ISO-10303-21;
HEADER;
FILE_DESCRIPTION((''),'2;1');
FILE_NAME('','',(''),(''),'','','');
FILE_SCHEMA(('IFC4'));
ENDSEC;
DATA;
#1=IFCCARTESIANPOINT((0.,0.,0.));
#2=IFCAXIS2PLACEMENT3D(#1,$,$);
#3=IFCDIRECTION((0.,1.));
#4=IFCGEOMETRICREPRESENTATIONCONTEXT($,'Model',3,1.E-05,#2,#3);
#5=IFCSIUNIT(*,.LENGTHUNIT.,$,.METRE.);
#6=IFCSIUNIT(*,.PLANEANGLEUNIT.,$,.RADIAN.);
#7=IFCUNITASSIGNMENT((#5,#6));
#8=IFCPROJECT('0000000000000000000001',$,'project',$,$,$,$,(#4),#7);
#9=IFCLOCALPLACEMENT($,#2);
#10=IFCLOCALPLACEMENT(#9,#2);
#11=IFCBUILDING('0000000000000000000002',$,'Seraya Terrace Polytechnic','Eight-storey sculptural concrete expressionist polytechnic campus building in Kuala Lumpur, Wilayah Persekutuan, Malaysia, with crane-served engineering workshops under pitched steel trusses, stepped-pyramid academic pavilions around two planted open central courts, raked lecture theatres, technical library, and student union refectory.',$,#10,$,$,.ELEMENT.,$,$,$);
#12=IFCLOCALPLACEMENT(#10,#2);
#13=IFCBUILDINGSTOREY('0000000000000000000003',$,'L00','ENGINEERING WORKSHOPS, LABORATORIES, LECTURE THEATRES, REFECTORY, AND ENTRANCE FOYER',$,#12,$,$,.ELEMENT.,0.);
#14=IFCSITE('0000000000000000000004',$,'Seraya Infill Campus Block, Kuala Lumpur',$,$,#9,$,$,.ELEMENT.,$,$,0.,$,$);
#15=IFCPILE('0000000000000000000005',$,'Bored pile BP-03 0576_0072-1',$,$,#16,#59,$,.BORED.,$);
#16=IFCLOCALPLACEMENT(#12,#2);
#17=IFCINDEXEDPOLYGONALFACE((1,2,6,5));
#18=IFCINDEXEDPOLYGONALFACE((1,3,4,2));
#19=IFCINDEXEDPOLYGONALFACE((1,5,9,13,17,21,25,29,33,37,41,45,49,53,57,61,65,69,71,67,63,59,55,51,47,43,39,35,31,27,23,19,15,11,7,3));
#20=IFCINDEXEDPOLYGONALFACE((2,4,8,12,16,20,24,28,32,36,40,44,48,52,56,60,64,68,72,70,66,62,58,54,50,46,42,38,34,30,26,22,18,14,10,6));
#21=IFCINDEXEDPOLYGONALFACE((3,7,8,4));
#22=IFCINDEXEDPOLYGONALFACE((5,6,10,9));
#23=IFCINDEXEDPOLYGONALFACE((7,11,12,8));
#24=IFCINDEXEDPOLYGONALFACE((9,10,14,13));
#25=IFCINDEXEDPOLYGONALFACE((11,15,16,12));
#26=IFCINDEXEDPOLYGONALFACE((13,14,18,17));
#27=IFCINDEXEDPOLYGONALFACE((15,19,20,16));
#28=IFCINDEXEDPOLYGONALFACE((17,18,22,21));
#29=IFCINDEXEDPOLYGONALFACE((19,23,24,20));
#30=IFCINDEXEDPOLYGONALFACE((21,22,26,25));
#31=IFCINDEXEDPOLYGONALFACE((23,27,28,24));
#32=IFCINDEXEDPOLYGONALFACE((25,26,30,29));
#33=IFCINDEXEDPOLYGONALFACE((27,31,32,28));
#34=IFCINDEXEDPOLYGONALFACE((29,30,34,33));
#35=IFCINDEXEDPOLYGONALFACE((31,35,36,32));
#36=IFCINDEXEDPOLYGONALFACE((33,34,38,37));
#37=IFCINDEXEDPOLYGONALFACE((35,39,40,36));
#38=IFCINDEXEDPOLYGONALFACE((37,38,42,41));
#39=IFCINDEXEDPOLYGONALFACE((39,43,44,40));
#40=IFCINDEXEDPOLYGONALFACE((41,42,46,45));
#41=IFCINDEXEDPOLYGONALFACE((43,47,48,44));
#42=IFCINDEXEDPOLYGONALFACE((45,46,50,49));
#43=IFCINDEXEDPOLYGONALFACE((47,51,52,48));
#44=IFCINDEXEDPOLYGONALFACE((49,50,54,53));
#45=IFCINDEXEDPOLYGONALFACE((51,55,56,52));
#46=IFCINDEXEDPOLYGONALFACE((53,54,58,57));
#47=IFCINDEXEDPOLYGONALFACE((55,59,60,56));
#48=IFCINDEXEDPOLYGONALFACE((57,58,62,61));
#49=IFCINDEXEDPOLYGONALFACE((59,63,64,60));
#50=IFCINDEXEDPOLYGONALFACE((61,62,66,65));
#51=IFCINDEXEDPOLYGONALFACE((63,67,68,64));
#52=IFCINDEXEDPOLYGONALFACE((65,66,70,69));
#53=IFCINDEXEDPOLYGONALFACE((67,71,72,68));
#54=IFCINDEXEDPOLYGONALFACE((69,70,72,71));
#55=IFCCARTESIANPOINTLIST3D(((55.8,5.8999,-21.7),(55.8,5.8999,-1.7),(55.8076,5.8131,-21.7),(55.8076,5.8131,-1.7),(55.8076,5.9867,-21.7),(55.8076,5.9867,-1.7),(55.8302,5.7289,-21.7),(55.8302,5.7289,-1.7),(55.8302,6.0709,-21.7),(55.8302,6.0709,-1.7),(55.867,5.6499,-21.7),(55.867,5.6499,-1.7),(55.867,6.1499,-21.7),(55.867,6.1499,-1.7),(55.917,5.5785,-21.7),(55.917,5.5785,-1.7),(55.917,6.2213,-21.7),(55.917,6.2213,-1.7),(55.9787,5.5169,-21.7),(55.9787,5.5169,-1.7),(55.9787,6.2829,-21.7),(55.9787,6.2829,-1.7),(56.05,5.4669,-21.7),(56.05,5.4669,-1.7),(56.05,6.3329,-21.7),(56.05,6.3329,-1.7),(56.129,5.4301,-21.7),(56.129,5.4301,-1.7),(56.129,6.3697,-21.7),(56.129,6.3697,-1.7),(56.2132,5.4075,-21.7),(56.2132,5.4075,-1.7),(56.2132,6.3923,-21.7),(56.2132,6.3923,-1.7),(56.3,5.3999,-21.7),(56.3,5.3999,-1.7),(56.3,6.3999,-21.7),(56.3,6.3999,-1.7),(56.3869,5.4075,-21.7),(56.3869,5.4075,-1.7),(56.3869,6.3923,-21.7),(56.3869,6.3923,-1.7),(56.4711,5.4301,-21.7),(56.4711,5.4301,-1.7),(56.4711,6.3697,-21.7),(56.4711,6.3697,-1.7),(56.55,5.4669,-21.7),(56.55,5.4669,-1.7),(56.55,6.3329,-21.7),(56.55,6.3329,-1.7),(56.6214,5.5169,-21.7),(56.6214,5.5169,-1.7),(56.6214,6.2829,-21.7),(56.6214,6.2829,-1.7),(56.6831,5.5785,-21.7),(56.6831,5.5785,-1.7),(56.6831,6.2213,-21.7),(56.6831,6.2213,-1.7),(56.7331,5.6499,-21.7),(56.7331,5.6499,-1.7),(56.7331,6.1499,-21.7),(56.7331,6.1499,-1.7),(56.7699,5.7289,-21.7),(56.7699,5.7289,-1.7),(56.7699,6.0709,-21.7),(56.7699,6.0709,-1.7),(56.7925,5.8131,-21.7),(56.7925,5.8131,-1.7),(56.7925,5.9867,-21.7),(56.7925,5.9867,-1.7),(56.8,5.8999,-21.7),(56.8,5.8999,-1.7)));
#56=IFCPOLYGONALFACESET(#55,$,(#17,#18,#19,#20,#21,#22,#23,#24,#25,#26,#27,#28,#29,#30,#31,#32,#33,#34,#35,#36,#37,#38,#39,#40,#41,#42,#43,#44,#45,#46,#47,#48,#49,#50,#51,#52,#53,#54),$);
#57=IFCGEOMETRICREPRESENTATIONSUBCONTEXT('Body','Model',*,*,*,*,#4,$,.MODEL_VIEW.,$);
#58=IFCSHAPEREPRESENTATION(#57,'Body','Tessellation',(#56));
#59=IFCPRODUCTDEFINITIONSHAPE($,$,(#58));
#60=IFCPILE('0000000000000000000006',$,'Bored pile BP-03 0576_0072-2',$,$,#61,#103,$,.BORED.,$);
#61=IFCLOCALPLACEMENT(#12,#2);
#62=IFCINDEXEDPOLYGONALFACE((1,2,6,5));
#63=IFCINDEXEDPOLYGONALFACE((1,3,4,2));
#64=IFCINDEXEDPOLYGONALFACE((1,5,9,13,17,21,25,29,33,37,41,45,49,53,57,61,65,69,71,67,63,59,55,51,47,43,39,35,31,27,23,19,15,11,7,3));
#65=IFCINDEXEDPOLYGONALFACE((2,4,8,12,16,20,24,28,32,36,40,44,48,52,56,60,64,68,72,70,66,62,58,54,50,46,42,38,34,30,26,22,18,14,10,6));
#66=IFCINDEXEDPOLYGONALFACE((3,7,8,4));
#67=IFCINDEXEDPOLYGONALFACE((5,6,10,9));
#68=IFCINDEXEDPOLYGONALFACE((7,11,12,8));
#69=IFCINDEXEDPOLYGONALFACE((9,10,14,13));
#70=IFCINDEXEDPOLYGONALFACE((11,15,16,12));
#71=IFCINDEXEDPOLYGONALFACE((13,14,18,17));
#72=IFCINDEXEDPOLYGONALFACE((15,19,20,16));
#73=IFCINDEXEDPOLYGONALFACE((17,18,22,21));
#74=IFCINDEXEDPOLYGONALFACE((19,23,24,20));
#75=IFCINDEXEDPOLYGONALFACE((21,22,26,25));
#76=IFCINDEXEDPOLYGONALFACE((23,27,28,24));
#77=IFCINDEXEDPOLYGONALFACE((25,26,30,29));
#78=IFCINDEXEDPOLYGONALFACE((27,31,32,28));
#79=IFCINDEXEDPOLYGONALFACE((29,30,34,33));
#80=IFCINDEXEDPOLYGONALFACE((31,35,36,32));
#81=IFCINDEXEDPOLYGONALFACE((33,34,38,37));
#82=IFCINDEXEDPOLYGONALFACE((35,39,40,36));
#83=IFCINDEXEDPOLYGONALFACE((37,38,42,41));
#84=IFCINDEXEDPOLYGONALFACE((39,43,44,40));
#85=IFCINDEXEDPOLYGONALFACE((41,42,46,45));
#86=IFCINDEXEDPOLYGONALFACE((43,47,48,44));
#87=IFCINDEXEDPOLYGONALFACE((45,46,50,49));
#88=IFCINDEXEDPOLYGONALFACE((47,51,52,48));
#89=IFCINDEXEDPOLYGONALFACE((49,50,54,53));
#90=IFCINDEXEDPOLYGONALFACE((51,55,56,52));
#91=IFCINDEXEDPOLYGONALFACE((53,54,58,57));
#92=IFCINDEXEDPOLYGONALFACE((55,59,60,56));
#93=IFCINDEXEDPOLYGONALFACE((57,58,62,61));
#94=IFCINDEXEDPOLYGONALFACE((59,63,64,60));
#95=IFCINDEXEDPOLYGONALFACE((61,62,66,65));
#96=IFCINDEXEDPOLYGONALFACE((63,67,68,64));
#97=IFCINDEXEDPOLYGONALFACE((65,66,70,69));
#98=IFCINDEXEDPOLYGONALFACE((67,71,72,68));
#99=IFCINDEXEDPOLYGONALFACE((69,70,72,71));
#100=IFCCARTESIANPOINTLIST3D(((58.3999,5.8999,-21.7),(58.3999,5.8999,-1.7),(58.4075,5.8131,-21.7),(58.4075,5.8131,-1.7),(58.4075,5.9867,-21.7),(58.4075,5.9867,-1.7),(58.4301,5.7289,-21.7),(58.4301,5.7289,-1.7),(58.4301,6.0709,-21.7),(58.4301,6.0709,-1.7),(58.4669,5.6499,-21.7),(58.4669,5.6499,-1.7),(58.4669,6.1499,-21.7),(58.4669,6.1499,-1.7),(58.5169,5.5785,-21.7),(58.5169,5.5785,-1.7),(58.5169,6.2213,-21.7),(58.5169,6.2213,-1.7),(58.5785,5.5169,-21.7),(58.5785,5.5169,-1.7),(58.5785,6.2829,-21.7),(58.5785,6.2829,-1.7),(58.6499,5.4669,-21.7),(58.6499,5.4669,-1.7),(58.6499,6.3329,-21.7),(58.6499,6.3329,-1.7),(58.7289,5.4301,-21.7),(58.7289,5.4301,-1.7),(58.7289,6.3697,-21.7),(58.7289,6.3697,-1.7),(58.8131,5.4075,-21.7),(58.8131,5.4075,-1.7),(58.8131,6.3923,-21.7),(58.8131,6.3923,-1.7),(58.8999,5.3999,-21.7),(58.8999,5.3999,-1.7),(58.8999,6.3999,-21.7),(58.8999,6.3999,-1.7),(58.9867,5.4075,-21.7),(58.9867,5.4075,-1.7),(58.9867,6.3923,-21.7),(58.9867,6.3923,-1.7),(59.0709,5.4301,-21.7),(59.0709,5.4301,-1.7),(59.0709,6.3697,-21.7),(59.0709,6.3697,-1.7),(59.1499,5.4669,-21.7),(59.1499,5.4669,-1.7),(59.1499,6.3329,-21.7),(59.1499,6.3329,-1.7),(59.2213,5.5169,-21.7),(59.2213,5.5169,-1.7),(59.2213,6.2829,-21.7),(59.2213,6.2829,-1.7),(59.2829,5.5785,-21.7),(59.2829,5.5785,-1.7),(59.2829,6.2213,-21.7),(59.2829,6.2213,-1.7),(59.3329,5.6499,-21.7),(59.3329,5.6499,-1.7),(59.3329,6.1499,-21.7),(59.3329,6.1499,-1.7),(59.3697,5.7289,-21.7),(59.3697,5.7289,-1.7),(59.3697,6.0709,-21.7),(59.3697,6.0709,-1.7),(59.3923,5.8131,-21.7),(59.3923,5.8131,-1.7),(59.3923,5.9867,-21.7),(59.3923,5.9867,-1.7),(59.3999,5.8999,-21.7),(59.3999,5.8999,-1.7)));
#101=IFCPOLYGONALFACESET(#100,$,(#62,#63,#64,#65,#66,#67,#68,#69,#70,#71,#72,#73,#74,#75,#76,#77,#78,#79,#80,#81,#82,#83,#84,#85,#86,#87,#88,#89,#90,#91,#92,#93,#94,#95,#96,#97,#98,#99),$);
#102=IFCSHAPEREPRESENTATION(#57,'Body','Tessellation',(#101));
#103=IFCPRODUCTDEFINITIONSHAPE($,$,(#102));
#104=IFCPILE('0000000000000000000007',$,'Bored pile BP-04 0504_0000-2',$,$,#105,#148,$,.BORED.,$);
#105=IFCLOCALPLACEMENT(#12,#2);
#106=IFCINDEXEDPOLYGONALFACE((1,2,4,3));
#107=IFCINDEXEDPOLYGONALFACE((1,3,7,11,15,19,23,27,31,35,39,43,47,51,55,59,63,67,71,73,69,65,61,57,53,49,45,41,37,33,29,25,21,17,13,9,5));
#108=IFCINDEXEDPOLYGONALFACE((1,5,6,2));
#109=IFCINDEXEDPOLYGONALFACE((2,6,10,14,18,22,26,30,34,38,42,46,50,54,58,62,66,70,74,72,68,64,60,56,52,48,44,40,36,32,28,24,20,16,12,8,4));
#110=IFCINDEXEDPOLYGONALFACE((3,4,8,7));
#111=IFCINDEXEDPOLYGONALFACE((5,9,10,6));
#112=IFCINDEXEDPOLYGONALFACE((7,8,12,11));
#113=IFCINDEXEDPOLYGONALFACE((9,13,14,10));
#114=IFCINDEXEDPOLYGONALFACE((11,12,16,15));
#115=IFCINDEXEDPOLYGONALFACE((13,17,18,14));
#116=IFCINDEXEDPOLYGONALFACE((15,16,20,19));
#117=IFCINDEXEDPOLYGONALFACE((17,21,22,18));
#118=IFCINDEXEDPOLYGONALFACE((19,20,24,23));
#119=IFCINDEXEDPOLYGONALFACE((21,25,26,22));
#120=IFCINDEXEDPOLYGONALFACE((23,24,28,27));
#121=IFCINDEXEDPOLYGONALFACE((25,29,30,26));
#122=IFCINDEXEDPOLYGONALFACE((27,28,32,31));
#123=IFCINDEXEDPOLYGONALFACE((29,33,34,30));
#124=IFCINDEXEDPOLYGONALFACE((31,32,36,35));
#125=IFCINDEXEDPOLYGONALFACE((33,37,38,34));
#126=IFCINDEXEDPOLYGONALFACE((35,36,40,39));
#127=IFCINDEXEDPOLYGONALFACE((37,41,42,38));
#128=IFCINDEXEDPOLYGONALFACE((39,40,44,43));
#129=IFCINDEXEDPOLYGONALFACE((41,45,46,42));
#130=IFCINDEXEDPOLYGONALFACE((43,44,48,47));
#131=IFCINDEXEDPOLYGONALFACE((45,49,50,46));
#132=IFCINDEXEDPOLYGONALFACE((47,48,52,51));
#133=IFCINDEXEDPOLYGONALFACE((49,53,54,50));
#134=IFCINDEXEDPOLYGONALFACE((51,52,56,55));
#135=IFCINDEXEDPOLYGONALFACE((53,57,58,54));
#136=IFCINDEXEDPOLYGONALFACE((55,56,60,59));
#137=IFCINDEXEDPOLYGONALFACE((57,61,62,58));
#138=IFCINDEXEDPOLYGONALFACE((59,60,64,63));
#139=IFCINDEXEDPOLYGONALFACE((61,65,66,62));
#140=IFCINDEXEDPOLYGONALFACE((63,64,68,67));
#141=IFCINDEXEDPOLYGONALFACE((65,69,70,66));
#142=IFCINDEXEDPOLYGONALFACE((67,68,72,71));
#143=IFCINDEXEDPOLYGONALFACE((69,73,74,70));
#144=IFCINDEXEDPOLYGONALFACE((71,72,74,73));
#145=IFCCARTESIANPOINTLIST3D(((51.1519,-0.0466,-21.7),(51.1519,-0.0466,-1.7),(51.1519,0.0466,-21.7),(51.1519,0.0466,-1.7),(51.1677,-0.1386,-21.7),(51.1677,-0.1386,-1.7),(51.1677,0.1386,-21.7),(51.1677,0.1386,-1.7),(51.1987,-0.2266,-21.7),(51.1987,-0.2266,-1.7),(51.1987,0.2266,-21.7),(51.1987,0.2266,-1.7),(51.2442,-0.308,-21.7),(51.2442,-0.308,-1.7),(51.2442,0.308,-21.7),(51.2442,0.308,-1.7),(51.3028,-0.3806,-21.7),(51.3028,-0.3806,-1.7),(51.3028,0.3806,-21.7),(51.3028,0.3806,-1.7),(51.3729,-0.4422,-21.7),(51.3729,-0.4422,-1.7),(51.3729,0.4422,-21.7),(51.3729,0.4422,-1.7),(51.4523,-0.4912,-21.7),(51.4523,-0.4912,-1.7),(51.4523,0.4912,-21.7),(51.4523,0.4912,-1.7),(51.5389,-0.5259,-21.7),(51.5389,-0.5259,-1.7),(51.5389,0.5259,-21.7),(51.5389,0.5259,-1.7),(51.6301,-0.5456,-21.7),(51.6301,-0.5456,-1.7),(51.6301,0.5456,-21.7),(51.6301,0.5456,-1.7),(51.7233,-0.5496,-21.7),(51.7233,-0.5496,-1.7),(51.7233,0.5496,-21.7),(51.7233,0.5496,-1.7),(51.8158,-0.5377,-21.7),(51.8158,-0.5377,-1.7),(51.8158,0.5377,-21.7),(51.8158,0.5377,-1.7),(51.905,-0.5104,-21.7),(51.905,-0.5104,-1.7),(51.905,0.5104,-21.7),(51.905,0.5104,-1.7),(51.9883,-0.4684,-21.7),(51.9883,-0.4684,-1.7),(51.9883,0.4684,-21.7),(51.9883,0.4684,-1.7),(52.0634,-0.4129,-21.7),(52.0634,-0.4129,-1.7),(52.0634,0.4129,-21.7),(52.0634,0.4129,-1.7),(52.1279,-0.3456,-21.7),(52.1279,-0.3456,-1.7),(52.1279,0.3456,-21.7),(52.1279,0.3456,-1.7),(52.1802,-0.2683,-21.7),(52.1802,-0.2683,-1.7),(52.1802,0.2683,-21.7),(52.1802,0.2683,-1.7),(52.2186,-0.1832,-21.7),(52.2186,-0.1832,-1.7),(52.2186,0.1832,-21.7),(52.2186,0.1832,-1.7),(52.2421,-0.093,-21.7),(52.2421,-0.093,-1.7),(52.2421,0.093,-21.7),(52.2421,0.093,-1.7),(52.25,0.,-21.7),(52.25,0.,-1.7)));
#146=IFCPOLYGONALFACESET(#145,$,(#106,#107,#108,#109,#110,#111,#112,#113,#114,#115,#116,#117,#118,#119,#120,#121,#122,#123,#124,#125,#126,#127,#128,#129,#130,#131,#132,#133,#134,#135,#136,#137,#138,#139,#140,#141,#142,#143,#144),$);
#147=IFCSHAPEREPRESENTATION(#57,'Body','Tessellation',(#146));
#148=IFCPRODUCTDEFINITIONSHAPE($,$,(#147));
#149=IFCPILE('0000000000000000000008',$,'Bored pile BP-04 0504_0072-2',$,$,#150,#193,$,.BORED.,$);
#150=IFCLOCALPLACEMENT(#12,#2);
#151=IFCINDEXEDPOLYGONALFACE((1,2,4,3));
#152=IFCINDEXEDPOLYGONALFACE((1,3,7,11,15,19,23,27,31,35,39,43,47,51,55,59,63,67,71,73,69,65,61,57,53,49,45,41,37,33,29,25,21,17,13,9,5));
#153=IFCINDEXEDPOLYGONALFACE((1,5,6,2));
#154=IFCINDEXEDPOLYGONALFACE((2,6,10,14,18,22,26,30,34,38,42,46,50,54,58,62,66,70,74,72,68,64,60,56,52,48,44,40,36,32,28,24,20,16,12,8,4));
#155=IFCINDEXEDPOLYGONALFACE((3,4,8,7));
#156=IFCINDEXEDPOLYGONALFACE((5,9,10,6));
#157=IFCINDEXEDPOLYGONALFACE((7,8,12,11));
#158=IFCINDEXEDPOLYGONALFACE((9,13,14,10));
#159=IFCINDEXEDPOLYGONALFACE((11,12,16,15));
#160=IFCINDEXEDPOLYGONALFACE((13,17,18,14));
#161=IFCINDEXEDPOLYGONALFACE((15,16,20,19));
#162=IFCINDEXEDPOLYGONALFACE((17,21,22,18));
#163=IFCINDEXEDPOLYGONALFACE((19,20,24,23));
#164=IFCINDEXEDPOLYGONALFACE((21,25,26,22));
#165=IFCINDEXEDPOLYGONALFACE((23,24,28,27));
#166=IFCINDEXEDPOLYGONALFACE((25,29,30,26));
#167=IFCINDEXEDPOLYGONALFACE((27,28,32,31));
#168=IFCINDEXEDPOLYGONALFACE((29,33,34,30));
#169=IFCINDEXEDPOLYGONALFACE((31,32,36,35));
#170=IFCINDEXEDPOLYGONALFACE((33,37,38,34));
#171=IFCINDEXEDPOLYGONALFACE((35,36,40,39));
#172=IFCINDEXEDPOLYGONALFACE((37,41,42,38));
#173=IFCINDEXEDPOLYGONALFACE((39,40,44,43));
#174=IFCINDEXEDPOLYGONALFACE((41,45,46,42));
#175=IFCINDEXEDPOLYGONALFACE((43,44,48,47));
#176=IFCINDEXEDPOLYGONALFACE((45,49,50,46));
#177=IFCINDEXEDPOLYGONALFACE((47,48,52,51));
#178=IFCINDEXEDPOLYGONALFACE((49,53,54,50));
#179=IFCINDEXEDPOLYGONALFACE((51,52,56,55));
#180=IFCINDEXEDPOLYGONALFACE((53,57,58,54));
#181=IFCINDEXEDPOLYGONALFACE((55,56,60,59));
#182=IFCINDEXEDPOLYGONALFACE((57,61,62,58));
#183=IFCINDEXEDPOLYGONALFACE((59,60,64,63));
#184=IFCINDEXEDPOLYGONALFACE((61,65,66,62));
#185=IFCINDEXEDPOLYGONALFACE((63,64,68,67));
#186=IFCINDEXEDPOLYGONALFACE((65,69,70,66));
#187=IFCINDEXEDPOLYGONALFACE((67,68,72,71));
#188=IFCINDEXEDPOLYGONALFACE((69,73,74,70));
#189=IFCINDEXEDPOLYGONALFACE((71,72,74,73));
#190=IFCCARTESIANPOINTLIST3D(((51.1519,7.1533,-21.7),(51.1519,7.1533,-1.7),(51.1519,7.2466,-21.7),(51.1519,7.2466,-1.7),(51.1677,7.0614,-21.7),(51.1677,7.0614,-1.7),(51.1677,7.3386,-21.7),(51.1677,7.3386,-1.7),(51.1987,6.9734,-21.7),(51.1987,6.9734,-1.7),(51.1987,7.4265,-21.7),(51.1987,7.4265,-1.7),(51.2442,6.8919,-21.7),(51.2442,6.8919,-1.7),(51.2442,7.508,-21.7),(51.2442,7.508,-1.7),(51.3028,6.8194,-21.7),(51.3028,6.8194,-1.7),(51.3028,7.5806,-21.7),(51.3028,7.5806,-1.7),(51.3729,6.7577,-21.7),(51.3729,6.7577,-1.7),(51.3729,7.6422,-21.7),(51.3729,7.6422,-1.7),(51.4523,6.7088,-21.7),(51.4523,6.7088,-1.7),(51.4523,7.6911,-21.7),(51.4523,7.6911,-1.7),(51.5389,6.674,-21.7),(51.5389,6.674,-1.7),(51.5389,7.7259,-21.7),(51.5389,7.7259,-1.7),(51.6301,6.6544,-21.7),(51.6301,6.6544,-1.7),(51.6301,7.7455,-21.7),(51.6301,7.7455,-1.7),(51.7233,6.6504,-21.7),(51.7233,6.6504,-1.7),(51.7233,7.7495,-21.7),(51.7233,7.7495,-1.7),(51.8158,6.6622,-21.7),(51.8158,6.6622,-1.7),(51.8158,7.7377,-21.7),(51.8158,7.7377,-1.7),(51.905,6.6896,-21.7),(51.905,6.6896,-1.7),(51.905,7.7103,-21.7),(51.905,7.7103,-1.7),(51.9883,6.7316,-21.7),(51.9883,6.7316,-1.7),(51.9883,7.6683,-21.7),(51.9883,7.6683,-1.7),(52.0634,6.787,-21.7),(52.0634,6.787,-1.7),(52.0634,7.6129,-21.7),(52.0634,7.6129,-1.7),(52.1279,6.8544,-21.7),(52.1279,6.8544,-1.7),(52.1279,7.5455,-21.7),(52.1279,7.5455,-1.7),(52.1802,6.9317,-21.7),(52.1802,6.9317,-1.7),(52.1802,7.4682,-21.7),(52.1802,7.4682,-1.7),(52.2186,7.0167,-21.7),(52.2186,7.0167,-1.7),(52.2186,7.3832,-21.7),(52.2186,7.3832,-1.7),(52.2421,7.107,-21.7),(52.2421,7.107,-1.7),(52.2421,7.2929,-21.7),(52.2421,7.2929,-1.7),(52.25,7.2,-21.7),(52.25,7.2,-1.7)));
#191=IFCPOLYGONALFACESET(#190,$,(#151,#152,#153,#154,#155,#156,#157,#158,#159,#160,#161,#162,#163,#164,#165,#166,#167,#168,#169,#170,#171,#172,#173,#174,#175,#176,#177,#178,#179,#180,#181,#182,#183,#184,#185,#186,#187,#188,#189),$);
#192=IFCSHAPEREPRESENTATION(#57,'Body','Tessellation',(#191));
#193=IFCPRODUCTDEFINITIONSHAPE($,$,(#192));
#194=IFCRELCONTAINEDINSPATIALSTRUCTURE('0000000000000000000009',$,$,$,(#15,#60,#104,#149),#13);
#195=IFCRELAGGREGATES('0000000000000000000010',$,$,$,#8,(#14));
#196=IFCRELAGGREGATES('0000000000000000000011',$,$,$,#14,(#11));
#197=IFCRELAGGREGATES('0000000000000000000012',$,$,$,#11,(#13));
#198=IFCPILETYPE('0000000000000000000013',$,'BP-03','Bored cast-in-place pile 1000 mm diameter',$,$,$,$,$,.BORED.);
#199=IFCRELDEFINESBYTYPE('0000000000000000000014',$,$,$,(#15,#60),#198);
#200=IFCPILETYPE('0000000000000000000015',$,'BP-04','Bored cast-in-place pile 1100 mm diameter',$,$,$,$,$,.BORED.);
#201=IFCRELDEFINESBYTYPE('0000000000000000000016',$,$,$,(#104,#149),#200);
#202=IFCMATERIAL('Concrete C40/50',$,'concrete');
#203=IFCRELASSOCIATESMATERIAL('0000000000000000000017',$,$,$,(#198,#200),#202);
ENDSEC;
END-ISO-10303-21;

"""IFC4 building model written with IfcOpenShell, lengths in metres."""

from ifc_helpers import new_model, si_unit, direction, frame, origin, origin_2d, place, context, subcontext, project, spatial, circle, extrude, material, material_profile, profile_set, type_object, element, save


model = new_model("IFC4")

# Units and contexts
model_context = context("Model", 3, precision=1e-05, world=origin(), true_north=direction((0.0, 1.0)))
body_context = subcontext(model_context, "Body", "Model", "MODEL_VIEW")
ifc_project = project(units=[si_unit("LENGTHUNIT", "METRE"), si_unit("PLANEANGLEUNIT", "RADIAN")], contexts=[model_context])

# Site, building, storey
site_placement = place(None, origin())
site = spatial("IfcSite", under=ifc_project, at=site_placement, Name="Seraya Infill Campus Block, Kuala Lumpur", CompositionType="ELEMENT", RefElevation=0.0)
building_placement = place(site_placement, origin())
building = spatial("IfcBuilding", under=site, at=building_placement, Name="Seraya Terrace Polytechnic", Description="Eight-storey sculptural concrete expressionist polytechnic campus building in Kuala Lumpur, Wilayah Persekutuan, Malaysia, with crane-served engineering workshops under pitched steel trusses, stepped-pyramid academic pavilions around two planted open central courts, raked lecture theatres, technical library, and student union refectory.", CompositionType="ELEMENT")
storey_placement = place(building_placement, origin())
storey = spatial("IfcBuildingStorey", under=building, at=storey_placement, Name="L00", Description="ENGINEERING WORKSHOPS, LABORATORIES, LECTURE THEATRES, REFECTORY, AND ENTRANCE FOYER", CompositionType="ELEMENT", Elevation=0.0)

# Piles
ifc_material_1 = material(Name="Concrete C40/50", Category="concrete")
ifc_material_profile_1 = material_profile(ifc_material_1, circle(Radius=0.5, at=origin_2d()), Name="DIA 1000")
ifc_profile_set_1 = profile_set([ifc_material_profile_1], Name="Concrete C40/50")
pile_type_1 = type_object("IfcPileType", Name="BP-03", Description="Bored cast-in-place pile 1000 mm diameter", PredefinedType="BORED", material=ifc_profile_set_1)
for number, where, z_axis, x_axis, name in (
    (1, (56.3, 5.8999, -1.7), (0.0, 0.0, -1.0), (1.0, 0.0, 0.0), "Bored pile BP-03 0576_0072-1"),
    (2, (58.8999, 5.8999, -1.7), (0.0, 0.0, -1.0), (1.0, 0.0, 0.0), "Bored pile BP-03 0576_0072-2"),
):
    element("IfcPile", number, at=place(storey_placement, frame(where, z_axis=z_axis, x_axis=x_axis)), inside=storey, type_object=pile_type_1, Name=name, PredefinedType="BORED", context=body_context, shape_type="SweptSolid", body=[
        extrude(circle(Radius=0.5, at=origin_2d()), origin(), (0.0, 0.0, 1.0), 20.0),
    ])
ifc_material_profile_2 = material_profile(ifc_material_1, circle(Radius=0.55, at=origin_2d()), Name="DIA 1100")
ifc_profile_set_2 = profile_set([ifc_material_profile_2], Name="Concrete C40/50")
pile_type_2 = type_object("IfcPileType", Name="BP-04", Description="Bored cast-in-place pile 1100 mm diameter", PredefinedType="BORED", material=ifc_profile_set_2)
for number, where, z_axis, x_axis, name in (
    (3, (51.7, 0.0, -1.7), (0.0, 0.0, -1.0), (1.0, 0.0, 0.0), "Bored pile BP-04 0504_0000-2"),
    (4, (51.7, 7.2, -1.7), (0.0, 0.0, -1.0), (1.0, 0.0, 0.0), "Bored pile BP-04 0504_0072-2"),
):
    element("IfcPile", number, at=place(storey_placement, frame(where, z_axis=z_axis, x_axis=x_axis)), inside=storey, type_object=pile_type_2, Name=name, PredefinedType="BORED", context=body_context, shape_type="SweptSolid", body=[
        extrude(circle(Radius=0.55, at=origin_2d()), origin(), (0.0, 0.0, 1.0), 20.0),
    ])

save(model, "model.ifc")
